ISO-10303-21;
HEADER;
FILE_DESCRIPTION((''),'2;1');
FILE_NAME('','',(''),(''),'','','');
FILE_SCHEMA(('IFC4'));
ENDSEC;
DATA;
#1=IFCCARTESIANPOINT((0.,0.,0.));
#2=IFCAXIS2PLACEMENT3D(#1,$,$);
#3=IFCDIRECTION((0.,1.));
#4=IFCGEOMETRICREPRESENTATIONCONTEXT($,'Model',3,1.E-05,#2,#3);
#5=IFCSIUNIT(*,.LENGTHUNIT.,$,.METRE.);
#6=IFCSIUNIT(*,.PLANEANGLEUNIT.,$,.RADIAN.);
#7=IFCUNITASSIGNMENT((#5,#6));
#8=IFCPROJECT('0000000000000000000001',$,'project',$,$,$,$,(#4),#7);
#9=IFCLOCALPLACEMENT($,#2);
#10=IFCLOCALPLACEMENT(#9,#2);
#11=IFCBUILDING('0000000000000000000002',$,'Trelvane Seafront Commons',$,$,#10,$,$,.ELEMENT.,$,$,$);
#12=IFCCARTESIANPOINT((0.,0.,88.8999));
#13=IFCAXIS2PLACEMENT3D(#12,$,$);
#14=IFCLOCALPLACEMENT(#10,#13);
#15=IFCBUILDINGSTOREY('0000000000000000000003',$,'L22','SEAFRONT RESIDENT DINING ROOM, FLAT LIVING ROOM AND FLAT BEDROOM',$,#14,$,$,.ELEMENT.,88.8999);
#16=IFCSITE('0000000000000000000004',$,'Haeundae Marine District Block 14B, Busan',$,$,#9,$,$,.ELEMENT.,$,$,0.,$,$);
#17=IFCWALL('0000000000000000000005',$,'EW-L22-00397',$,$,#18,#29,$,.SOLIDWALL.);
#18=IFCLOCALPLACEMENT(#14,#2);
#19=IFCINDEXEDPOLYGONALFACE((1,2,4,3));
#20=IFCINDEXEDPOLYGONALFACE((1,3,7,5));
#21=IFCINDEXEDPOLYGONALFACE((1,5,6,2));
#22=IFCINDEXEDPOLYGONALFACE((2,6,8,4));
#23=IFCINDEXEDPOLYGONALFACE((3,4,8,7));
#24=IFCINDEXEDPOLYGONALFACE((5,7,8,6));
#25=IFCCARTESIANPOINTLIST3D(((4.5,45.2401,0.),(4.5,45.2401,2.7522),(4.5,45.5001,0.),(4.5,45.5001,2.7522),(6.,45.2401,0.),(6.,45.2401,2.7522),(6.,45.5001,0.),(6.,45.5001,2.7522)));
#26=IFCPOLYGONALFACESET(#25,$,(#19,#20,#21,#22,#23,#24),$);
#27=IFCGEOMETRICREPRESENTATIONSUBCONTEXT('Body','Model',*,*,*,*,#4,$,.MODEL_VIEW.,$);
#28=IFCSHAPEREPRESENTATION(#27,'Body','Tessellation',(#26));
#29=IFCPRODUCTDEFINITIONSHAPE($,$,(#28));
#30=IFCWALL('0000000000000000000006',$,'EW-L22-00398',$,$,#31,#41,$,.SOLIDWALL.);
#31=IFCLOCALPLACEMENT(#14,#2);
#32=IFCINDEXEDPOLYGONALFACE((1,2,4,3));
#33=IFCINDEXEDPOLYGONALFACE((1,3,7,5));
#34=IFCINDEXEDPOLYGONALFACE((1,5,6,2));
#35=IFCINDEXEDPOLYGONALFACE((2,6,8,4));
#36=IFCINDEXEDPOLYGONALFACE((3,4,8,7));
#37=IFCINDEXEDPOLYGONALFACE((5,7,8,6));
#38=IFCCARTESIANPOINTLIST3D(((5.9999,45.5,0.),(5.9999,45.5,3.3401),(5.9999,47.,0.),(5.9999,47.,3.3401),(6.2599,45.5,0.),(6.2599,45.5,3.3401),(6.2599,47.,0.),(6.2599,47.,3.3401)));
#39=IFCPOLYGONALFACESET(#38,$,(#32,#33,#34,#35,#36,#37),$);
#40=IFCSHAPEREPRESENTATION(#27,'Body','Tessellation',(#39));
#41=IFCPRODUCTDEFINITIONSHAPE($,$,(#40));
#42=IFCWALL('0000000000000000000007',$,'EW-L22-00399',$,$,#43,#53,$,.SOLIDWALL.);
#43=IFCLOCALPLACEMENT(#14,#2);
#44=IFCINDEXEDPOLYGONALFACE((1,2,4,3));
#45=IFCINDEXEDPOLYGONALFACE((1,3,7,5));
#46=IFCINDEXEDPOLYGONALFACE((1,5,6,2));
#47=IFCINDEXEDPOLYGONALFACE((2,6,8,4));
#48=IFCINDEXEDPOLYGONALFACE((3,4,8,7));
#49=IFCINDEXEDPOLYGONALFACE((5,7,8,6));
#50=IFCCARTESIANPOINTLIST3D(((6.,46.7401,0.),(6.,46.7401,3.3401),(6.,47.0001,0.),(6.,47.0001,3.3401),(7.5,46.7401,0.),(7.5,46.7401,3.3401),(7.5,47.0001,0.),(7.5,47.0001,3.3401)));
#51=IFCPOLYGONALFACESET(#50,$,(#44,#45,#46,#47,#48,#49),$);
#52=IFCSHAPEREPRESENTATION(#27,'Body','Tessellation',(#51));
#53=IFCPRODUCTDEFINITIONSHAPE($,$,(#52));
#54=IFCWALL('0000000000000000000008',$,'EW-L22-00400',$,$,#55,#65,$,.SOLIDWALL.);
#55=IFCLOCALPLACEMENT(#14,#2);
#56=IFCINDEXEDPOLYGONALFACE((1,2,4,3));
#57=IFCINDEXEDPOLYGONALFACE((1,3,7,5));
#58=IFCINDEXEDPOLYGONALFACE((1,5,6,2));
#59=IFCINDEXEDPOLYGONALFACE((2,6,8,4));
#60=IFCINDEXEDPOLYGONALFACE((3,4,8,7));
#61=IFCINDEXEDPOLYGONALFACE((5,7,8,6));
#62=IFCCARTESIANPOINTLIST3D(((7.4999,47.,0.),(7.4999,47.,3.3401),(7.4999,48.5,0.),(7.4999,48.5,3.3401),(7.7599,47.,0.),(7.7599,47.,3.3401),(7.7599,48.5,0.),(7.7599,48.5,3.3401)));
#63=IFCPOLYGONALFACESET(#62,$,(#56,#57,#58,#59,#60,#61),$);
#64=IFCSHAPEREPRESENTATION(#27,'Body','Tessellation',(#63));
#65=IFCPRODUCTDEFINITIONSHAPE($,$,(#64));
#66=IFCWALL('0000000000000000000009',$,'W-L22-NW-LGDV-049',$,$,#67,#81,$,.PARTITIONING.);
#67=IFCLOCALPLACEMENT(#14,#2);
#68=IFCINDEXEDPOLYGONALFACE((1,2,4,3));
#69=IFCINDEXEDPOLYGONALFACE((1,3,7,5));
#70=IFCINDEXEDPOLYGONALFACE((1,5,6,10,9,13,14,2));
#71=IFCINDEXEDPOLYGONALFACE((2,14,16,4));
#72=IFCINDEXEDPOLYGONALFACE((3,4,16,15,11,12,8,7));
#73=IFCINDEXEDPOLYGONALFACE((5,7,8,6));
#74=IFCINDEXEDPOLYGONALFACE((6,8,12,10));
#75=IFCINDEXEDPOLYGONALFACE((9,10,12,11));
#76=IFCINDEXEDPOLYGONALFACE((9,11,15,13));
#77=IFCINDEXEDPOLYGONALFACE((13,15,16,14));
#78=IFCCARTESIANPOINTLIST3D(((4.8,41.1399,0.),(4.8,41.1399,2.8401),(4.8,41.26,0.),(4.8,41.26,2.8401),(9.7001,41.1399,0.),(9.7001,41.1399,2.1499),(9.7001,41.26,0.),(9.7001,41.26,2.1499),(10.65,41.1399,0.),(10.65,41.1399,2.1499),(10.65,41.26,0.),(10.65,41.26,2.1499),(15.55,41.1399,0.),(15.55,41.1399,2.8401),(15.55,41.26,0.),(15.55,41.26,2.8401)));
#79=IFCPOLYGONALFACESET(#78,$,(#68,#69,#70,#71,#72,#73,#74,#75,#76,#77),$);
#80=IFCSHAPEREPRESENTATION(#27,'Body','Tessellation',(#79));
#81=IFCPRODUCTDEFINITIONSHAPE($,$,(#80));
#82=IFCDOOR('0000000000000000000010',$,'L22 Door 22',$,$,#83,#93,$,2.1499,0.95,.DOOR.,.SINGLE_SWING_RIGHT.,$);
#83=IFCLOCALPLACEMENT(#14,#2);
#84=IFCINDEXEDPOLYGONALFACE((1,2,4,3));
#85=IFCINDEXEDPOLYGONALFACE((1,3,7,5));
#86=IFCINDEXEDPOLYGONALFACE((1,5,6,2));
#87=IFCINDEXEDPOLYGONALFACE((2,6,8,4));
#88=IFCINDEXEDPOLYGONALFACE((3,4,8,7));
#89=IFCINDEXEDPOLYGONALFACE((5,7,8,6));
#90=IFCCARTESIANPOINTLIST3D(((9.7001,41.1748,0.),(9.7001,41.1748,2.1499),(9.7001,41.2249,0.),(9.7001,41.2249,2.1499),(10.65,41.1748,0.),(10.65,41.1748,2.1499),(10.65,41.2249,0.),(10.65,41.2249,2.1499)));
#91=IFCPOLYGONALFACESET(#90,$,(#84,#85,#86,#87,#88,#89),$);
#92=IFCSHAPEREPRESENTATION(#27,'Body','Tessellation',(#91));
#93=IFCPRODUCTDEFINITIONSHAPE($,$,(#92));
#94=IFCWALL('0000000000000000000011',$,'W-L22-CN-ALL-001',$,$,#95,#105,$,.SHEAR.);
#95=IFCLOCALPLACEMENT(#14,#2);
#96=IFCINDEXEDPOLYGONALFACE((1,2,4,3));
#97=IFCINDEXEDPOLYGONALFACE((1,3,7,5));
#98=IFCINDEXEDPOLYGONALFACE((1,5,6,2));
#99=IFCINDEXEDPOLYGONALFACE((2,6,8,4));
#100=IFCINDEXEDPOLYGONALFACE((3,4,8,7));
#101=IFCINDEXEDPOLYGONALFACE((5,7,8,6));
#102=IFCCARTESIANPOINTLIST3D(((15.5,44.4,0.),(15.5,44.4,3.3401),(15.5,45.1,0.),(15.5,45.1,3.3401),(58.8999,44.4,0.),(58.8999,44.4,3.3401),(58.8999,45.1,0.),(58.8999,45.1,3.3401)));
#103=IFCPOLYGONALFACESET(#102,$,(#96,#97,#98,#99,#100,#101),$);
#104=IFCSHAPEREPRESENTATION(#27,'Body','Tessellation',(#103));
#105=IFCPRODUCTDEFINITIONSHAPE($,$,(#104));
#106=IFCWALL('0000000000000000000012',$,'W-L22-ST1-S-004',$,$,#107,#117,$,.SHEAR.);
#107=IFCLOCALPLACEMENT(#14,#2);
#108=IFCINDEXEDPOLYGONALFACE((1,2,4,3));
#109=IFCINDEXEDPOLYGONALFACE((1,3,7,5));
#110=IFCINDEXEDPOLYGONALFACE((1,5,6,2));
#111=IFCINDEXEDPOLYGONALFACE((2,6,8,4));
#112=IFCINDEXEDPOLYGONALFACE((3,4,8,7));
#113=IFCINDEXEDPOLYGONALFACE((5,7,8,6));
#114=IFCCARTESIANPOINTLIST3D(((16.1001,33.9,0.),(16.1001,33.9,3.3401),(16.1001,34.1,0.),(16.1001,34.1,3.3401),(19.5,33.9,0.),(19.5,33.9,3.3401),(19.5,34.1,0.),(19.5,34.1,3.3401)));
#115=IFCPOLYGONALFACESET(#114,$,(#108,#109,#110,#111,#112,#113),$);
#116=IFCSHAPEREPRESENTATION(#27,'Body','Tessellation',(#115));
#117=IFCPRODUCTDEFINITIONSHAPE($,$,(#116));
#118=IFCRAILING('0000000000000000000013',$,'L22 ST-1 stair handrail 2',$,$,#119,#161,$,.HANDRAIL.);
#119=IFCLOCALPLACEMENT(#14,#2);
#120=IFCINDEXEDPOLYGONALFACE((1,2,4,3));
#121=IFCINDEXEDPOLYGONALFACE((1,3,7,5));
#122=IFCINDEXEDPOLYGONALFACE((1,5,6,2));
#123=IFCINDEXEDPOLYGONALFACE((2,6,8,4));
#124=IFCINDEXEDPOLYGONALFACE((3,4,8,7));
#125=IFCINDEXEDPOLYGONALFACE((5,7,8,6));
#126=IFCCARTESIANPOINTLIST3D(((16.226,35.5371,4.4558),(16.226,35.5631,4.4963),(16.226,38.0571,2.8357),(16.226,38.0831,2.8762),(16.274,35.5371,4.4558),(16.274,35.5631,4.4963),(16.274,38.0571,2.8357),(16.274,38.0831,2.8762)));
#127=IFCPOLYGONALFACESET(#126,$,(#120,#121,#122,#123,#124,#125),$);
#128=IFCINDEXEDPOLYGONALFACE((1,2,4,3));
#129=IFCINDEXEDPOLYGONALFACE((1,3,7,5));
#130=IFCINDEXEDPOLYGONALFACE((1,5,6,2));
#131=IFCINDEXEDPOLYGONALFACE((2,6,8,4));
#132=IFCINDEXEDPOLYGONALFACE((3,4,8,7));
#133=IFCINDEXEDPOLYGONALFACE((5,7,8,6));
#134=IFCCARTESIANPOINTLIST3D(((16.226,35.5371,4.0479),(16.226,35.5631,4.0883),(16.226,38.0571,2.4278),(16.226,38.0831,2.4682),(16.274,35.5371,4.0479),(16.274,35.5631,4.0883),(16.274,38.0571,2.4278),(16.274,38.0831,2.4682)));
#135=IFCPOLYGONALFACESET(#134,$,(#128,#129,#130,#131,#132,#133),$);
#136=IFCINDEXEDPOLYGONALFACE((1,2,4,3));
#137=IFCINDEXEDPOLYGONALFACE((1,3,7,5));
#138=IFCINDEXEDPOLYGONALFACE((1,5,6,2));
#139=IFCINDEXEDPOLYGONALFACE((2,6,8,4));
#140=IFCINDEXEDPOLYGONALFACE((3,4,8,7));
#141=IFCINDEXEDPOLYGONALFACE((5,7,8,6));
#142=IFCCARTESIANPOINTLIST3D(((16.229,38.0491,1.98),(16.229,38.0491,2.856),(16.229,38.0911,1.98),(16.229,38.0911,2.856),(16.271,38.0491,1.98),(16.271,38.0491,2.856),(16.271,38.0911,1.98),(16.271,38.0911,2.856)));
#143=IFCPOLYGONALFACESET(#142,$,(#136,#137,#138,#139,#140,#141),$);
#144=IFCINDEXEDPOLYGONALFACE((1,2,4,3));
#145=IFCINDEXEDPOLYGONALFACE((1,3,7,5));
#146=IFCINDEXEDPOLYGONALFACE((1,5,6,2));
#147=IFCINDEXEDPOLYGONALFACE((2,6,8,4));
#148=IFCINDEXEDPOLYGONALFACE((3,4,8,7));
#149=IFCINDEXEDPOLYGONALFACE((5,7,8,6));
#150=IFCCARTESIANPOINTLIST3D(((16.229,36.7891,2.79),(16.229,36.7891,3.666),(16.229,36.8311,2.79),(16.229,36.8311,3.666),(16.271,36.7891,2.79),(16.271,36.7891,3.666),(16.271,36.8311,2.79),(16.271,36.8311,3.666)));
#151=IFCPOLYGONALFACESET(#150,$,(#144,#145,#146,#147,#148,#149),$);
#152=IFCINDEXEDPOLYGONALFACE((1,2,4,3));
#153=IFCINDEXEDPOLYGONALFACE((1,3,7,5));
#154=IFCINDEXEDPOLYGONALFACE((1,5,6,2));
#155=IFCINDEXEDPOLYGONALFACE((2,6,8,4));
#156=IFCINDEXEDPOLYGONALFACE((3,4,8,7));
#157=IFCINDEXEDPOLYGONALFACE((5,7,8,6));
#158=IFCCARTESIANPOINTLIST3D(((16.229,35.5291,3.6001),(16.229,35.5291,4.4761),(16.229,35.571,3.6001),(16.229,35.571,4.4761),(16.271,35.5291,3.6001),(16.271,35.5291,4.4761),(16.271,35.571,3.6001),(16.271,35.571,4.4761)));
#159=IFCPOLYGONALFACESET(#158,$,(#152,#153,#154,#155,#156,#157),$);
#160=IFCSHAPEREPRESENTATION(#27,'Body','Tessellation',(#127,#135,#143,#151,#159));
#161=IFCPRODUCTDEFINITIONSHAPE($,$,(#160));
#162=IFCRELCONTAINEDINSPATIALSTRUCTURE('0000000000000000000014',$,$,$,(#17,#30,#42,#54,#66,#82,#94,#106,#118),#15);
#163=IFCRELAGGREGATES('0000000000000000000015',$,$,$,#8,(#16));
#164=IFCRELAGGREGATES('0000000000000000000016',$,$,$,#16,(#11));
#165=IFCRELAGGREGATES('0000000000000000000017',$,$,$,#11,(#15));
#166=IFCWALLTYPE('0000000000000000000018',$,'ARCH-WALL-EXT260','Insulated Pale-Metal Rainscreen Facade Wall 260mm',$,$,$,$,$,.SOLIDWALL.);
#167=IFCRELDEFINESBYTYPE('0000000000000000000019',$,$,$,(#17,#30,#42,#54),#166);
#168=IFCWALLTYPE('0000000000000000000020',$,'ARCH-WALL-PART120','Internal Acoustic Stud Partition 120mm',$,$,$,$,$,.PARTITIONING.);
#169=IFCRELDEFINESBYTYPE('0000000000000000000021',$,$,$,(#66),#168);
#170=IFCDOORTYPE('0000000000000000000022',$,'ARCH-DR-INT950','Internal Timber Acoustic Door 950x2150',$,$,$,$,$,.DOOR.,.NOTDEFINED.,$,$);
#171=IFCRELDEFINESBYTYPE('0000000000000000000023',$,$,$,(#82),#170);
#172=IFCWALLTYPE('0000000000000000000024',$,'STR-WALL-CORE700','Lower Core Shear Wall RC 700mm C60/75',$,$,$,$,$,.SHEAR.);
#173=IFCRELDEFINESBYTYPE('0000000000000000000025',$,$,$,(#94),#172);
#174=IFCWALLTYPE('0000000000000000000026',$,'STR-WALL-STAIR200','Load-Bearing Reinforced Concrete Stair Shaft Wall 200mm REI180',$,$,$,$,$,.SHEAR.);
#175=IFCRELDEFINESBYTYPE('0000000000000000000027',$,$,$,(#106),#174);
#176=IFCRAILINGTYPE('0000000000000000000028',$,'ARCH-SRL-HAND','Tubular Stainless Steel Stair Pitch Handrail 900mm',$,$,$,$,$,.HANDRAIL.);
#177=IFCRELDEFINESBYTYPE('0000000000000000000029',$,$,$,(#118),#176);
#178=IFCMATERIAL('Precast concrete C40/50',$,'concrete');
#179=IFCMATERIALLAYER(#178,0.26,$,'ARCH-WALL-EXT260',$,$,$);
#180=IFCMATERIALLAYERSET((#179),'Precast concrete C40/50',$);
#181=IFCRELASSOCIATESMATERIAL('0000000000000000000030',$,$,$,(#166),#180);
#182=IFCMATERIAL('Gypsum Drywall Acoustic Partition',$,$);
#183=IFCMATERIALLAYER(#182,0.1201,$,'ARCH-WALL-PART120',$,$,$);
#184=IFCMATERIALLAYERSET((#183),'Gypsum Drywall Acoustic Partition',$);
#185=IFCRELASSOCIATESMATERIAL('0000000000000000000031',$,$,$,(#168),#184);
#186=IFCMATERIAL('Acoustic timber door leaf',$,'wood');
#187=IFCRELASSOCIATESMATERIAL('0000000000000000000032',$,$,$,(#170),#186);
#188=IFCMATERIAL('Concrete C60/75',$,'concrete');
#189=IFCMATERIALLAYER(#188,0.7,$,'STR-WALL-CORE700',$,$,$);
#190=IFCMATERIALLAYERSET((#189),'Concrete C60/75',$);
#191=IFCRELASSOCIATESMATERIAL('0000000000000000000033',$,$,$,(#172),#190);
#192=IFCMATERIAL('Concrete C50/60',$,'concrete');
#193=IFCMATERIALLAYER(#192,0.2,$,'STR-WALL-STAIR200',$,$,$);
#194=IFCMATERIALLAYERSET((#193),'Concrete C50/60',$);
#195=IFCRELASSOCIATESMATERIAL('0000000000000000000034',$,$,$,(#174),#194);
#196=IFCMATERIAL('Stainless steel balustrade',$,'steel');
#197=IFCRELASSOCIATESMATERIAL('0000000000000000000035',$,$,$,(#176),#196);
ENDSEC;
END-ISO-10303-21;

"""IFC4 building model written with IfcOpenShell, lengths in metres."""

from ifc_helpers import new_model, si_unit, direction, frame, frame_2d, origin, origin_2d, place, context, subcontext, project, spatial, rectangle, extrude, source, transform, mapped, material, layer, layer_set, type_object, element, fill, save


model = new_model("IFC4")

# Units and contexts
model_context = context("Model", 3, precision=1e-05, world=origin(), true_north=direction((0.0, 1.0)))
body_context = subcontext(model_context, "Body", "Model", "MODEL_VIEW")
ifc_project = project(units=[si_unit("LENGTHUNIT", "METRE"), si_unit("PLANEANGLEUNIT", "RADIAN")], contexts=[model_context])

# Site, building, storey
site_placement = place(None, origin())
site = spatial("IfcSite", under=ifc_project, at=site_placement, Name="Haeundae Marine District Block 14B, Busan", CompositionType="ELEMENT", RefElevation=0.0)
building_placement = place(site_placement, origin())
building = spatial("IfcBuilding", under=site, at=building_placement, Name="Trelvane Seafront Commons", CompositionType="ELEMENT")
storey_placement = place(building_placement, frame((0.0, 0.0, 88.8999)))
storey = spatial("IfcBuildingStorey", under=building, at=storey_placement, Name="L22", Description="SEAFRONT RESIDENT DINING ROOM, FLAT LIVING ROOM AND FLAT BEDROOM", CompositionType="ELEMENT", Elevation=88.8999)

# Shared definitions
ifc_material_1 = material(Name="Concrete C60/75", Category="concrete")

# Shared definitions
ifc_material_2 = material(Name="Precast concrete C40/50", Category="concrete")
ifc_layer_1 = layer(ifc_material_2, 0.26, Name="ARCH-WALL-EXT260")
ifc_layer_set_1 = layer_set([ifc_layer_1], Name="Precast concrete C40/50")
wall_type_1 = type_object("IfcWallType", Name="ARCH-WALL-EXT260", Description="Insulated Pale-Metal Rainscreen Facade Wall 260mm", PredefinedType="SOLIDWALL", material=ifc_layer_set_1)

# Walls
wall_1_placement = place(storey_placement, frame((4.5, 45.3701, 0.0), z_axis=(0.0, 0.0, 1.0), x_axis=(1.0, 0.0, 0.0)))
element("IfcWall", 1, at=wall_1_placement, inside=storey, type_object=wall_type_1, Name="EW-L22-00397", PredefinedType="SOLIDWALL", context=body_context, shape_type="SweptSolid", body=[
    extrude(rectangle(XDim=1.5, YDim=0.26, at=frame_2d((0.75, 0.0))), origin(), (0.0, 0.0, 1.0), 2.7522),
])
for number, where, z_axis, x_axis, name in (
    (2, (6.1299, 45.5, 0.0), (0.0, 0.0, 1.0), (0.0, 1.0, 0.0), "EW-L22-00398"),
    (3, (6.0, 46.8701, 0.0), (0.0, 0.0, 1.0), (1.0, 0.0, 0.0), "EW-L22-00399"),
    (4, (7.6299, 47.0, 0.0), (0.0, 0.0, 1.0), (0.0, 1.0, 0.0), "EW-L22-00400"),
):
    element("IfcWall", number, at=place(storey_placement, frame(where, z_axis=z_axis, x_axis=x_axis)), inside=storey, type_object=wall_type_1, Name=name, PredefinedType="SOLIDWALL", context=body_context, shape_type="SweptSolid", body=[
        extrude(rectangle(XDim=1.5, YDim=0.26, at=frame_2d((0.75, 0.0))), origin(), (0.0, 0.0, 1.0), 3.3401),
    ])

# Wall, opening, door
ifc_material_3 = material(Name="Gypsum Drywall Acoustic Partition")
ifc_layer_2 = layer(ifc_material_3, 0.1201, Name="ARCH-WALL-PART120")
ifc_layer_set_2 = layer_set([ifc_layer_2], Name="Gypsum Drywall Acoustic Partition")
wall_type_2 = type_object("IfcWallType", Name="ARCH-WALL-PART120", Description="Internal Acoustic Stud Partition 120mm", PredefinedType="PARTITIONING", material=ifc_layer_set_2)
wall_2_placement = place(storey_placement, frame((4.8, 41.2, 0.0), z_axis=(0.0, 0.0, 1.0), x_axis=(1.0, 0.0, 0.0)))
wall_2 = element("IfcWall", 5, at=wall_2_placement, inside=storey, type_object=wall_type_2, Name="W-L22-NW-LGDV-049", PredefinedType="PARTITIONING", context=body_context, shape_type="SweptSolid", body=[
    extrude(rectangle(XDim=10.75, YDim=0.1201, at=frame_2d((5.375, 0.0))), origin(), (0.0, 0.0, 1.0), 2.8401),
])
opening_1_placement = place(wall_2_placement, frame((4.8999, 0.0, 0.0)))
opening_1 = element("IfcOpeningElement", 6, at=opening_1_placement, cuts=wall_2, PredefinedType="OPENING", context=body_context, shape_type="SweptSolid", body=[
    extrude(rectangle(XDim=0.95, YDim=2.1499, at=frame_2d((0.4751, 1.075))), frame((0.0, 0.0701, 0.0), z_axis=(0.0, -1.0, 0.0), x_axis=(1.0, 0.0, 0.0)), (0.0, 0.0, 1.0), 0.1401),
])
ifc_material_4 = material(Name="Acoustic timber door leaf", Category="wood")
door_type_1 = type_object("IfcDoorType", Name="ARCH-DR-INT950", Description="Internal Timber Acoustic Door 950x2150", OperationType="NOTDEFINED", PredefinedType="DOOR", material=ifc_material_4)
shared_shape_1 = source(origin(), body_context, "Body", "SweptSolid", [
    extrude(rectangle(XDim=0.95, YDim=2.1499, at=frame_2d((0.4751, 1.075))), frame((0.0, 0.0249, 0.0), z_axis=(0.0, -1.0, 0.0), x_axis=(1.0, 0.0, 0.0)), (0.0, 0.0, 1.0), 0.05),
])
door_1_placement = place(opening_1_placement, origin())
door_1 = element("IfcDoor", 7, at=door_1_placement, inside=storey, type_object=door_type_1, Name="L22 Door 22", OperationType="SINGLE_SWING_RIGHT", OverallHeight=2.1499, OverallWidth=0.95, PredefinedType="DOOR", context=body_context, shape_type="MappedRepresentation", body=[
    mapped(shared_shape_1, transform((0.0, 0.0, 0.0), x_axis=(1.0, 0.0, 0.0), y_axis=(0.0, 1.0, 0.0), z_axis=(0.0, 0.0, 1.0), scale=1.0)),
])
fill(opening_1, door_1)

# Walls
ifc_layer_3 = layer(ifc_material_1, 0.7, Name="STR-WALL-CORE700")
ifc_layer_set_3 = layer_set([ifc_layer_3], Name="Concrete C60/75")
wall_type_3 = type_object("IfcWallType", Name="STR-WALL-CORE700", Description="Lower Core Shear Wall RC 700mm C60/75", PredefinedType="SHEAR", material=ifc_layer_set_3)
wall_3_placement = place(storey_placement, frame((15.5, 44.75, 0.0), z_axis=(0.0, 0.0, 1.0), x_axis=(1.0, 0.0, 0.0)))
element("IfcWall", 8, at=wall_3_placement, inside=storey, type_object=wall_type_3, Name="W-L22-CN-ALL-001", PredefinedType="SHEAR", context=body_context, shape_type="SweptSolid", body=[
    extrude(rectangle(XDim=43.3999, YDim=0.7, at=frame_2d((21.7, 0.0))), origin(), (0.0, 0.0, 1.0), 3.3401),
])
ifc_material_5 = material(Name="Concrete C50/60", Category="concrete")
ifc_layer_4 = layer(ifc_material_5, 0.2, Name="STR-WALL-STAIR200")
ifc_layer_set_4 = layer_set([ifc_layer_4], Name="Concrete C50/60")
wall_type_4 = type_object("IfcWallType", Name="STR-WALL-STAIR200", Description="Load-Bearing Reinforced Concrete Stair Shaft Wall 200mm REI180", PredefinedType="SHEAR", material=ifc_layer_set_4)
wall_4_placement = place(storey_placement, frame((16.1001, 34.0, 0.0), z_axis=(0.0, 0.0, 1.0), x_axis=(1.0, 0.0, 0.0)))
element("IfcWall", 9, at=wall_4_placement, inside=storey, type_object=wall_type_4, Name="W-L22-ST1-S-004", PredefinedType="SHEAR", context=body_context, shape_type="SweptSolid", body=[
    extrude(rectangle(XDim=3.3999, YDim=0.2, at=frame_2d((1.7, 0.0))), origin(), (0.0, 0.0, 1.0), 3.3401),
])

# Railing
ifc_material_6 = material(Name="Stainless steel balustrade", Category="steel")
railing_type = type_object("IfcRailingType", Name="ARCH-SRL-HAND", Description="Tubular Stainless Steel Stair Pitch Handrail 900mm", PredefinedType="HANDRAIL", material=ifc_material_6)
railing_placement = place(storey_placement, frame((16.25, 38.0701, 1.98)))
element("IfcRailing", 10, at=railing_placement, inside=storey, type_object=railing_type, Name="L22 ST-1 stair handrail 2", PredefinedType="HANDRAIL", context=body_context, shape_type="SweptSolid", body=[
    extrude(rectangle(XDim=0.0481, YDim=0.0481, at=origin_2d()), frame((0.0, 0.0, 0.876), z_axis=(0.0, -0.841163, 0.540782), x_axis=(1.0, 0.0, 0.0)), (0.0, 0.0, 1.0), 2.9958),
    extrude(rectangle(XDim=0.0481, YDim=0.0481, at=origin_2d()), frame((0.0, 0.0, 0.468), z_axis=(0.0, -0.841163, 0.540782), x_axis=(1.0, 0.0, 0.0)), (0.0, 0.0, 1.0), 2.9958),
    extrude(rectangle(XDim=0.042, YDim=0.042, at=origin_2d()), origin(), (0.0, 0.0, 1.0), 0.876),
    extrude(rectangle(XDim=0.042, YDim=0.042, at=origin_2d()), frame((0.0, -1.26, 0.8101)), (0.0, 0.0, 1.0), 0.876),
    extrude(rectangle(XDim=0.042, YDim=0.042, at=origin_2d()), frame((0.0, -2.52, 1.6201)), (0.0, 0.0, 1.0), 0.876),
])

save(model, "model.ifc")
